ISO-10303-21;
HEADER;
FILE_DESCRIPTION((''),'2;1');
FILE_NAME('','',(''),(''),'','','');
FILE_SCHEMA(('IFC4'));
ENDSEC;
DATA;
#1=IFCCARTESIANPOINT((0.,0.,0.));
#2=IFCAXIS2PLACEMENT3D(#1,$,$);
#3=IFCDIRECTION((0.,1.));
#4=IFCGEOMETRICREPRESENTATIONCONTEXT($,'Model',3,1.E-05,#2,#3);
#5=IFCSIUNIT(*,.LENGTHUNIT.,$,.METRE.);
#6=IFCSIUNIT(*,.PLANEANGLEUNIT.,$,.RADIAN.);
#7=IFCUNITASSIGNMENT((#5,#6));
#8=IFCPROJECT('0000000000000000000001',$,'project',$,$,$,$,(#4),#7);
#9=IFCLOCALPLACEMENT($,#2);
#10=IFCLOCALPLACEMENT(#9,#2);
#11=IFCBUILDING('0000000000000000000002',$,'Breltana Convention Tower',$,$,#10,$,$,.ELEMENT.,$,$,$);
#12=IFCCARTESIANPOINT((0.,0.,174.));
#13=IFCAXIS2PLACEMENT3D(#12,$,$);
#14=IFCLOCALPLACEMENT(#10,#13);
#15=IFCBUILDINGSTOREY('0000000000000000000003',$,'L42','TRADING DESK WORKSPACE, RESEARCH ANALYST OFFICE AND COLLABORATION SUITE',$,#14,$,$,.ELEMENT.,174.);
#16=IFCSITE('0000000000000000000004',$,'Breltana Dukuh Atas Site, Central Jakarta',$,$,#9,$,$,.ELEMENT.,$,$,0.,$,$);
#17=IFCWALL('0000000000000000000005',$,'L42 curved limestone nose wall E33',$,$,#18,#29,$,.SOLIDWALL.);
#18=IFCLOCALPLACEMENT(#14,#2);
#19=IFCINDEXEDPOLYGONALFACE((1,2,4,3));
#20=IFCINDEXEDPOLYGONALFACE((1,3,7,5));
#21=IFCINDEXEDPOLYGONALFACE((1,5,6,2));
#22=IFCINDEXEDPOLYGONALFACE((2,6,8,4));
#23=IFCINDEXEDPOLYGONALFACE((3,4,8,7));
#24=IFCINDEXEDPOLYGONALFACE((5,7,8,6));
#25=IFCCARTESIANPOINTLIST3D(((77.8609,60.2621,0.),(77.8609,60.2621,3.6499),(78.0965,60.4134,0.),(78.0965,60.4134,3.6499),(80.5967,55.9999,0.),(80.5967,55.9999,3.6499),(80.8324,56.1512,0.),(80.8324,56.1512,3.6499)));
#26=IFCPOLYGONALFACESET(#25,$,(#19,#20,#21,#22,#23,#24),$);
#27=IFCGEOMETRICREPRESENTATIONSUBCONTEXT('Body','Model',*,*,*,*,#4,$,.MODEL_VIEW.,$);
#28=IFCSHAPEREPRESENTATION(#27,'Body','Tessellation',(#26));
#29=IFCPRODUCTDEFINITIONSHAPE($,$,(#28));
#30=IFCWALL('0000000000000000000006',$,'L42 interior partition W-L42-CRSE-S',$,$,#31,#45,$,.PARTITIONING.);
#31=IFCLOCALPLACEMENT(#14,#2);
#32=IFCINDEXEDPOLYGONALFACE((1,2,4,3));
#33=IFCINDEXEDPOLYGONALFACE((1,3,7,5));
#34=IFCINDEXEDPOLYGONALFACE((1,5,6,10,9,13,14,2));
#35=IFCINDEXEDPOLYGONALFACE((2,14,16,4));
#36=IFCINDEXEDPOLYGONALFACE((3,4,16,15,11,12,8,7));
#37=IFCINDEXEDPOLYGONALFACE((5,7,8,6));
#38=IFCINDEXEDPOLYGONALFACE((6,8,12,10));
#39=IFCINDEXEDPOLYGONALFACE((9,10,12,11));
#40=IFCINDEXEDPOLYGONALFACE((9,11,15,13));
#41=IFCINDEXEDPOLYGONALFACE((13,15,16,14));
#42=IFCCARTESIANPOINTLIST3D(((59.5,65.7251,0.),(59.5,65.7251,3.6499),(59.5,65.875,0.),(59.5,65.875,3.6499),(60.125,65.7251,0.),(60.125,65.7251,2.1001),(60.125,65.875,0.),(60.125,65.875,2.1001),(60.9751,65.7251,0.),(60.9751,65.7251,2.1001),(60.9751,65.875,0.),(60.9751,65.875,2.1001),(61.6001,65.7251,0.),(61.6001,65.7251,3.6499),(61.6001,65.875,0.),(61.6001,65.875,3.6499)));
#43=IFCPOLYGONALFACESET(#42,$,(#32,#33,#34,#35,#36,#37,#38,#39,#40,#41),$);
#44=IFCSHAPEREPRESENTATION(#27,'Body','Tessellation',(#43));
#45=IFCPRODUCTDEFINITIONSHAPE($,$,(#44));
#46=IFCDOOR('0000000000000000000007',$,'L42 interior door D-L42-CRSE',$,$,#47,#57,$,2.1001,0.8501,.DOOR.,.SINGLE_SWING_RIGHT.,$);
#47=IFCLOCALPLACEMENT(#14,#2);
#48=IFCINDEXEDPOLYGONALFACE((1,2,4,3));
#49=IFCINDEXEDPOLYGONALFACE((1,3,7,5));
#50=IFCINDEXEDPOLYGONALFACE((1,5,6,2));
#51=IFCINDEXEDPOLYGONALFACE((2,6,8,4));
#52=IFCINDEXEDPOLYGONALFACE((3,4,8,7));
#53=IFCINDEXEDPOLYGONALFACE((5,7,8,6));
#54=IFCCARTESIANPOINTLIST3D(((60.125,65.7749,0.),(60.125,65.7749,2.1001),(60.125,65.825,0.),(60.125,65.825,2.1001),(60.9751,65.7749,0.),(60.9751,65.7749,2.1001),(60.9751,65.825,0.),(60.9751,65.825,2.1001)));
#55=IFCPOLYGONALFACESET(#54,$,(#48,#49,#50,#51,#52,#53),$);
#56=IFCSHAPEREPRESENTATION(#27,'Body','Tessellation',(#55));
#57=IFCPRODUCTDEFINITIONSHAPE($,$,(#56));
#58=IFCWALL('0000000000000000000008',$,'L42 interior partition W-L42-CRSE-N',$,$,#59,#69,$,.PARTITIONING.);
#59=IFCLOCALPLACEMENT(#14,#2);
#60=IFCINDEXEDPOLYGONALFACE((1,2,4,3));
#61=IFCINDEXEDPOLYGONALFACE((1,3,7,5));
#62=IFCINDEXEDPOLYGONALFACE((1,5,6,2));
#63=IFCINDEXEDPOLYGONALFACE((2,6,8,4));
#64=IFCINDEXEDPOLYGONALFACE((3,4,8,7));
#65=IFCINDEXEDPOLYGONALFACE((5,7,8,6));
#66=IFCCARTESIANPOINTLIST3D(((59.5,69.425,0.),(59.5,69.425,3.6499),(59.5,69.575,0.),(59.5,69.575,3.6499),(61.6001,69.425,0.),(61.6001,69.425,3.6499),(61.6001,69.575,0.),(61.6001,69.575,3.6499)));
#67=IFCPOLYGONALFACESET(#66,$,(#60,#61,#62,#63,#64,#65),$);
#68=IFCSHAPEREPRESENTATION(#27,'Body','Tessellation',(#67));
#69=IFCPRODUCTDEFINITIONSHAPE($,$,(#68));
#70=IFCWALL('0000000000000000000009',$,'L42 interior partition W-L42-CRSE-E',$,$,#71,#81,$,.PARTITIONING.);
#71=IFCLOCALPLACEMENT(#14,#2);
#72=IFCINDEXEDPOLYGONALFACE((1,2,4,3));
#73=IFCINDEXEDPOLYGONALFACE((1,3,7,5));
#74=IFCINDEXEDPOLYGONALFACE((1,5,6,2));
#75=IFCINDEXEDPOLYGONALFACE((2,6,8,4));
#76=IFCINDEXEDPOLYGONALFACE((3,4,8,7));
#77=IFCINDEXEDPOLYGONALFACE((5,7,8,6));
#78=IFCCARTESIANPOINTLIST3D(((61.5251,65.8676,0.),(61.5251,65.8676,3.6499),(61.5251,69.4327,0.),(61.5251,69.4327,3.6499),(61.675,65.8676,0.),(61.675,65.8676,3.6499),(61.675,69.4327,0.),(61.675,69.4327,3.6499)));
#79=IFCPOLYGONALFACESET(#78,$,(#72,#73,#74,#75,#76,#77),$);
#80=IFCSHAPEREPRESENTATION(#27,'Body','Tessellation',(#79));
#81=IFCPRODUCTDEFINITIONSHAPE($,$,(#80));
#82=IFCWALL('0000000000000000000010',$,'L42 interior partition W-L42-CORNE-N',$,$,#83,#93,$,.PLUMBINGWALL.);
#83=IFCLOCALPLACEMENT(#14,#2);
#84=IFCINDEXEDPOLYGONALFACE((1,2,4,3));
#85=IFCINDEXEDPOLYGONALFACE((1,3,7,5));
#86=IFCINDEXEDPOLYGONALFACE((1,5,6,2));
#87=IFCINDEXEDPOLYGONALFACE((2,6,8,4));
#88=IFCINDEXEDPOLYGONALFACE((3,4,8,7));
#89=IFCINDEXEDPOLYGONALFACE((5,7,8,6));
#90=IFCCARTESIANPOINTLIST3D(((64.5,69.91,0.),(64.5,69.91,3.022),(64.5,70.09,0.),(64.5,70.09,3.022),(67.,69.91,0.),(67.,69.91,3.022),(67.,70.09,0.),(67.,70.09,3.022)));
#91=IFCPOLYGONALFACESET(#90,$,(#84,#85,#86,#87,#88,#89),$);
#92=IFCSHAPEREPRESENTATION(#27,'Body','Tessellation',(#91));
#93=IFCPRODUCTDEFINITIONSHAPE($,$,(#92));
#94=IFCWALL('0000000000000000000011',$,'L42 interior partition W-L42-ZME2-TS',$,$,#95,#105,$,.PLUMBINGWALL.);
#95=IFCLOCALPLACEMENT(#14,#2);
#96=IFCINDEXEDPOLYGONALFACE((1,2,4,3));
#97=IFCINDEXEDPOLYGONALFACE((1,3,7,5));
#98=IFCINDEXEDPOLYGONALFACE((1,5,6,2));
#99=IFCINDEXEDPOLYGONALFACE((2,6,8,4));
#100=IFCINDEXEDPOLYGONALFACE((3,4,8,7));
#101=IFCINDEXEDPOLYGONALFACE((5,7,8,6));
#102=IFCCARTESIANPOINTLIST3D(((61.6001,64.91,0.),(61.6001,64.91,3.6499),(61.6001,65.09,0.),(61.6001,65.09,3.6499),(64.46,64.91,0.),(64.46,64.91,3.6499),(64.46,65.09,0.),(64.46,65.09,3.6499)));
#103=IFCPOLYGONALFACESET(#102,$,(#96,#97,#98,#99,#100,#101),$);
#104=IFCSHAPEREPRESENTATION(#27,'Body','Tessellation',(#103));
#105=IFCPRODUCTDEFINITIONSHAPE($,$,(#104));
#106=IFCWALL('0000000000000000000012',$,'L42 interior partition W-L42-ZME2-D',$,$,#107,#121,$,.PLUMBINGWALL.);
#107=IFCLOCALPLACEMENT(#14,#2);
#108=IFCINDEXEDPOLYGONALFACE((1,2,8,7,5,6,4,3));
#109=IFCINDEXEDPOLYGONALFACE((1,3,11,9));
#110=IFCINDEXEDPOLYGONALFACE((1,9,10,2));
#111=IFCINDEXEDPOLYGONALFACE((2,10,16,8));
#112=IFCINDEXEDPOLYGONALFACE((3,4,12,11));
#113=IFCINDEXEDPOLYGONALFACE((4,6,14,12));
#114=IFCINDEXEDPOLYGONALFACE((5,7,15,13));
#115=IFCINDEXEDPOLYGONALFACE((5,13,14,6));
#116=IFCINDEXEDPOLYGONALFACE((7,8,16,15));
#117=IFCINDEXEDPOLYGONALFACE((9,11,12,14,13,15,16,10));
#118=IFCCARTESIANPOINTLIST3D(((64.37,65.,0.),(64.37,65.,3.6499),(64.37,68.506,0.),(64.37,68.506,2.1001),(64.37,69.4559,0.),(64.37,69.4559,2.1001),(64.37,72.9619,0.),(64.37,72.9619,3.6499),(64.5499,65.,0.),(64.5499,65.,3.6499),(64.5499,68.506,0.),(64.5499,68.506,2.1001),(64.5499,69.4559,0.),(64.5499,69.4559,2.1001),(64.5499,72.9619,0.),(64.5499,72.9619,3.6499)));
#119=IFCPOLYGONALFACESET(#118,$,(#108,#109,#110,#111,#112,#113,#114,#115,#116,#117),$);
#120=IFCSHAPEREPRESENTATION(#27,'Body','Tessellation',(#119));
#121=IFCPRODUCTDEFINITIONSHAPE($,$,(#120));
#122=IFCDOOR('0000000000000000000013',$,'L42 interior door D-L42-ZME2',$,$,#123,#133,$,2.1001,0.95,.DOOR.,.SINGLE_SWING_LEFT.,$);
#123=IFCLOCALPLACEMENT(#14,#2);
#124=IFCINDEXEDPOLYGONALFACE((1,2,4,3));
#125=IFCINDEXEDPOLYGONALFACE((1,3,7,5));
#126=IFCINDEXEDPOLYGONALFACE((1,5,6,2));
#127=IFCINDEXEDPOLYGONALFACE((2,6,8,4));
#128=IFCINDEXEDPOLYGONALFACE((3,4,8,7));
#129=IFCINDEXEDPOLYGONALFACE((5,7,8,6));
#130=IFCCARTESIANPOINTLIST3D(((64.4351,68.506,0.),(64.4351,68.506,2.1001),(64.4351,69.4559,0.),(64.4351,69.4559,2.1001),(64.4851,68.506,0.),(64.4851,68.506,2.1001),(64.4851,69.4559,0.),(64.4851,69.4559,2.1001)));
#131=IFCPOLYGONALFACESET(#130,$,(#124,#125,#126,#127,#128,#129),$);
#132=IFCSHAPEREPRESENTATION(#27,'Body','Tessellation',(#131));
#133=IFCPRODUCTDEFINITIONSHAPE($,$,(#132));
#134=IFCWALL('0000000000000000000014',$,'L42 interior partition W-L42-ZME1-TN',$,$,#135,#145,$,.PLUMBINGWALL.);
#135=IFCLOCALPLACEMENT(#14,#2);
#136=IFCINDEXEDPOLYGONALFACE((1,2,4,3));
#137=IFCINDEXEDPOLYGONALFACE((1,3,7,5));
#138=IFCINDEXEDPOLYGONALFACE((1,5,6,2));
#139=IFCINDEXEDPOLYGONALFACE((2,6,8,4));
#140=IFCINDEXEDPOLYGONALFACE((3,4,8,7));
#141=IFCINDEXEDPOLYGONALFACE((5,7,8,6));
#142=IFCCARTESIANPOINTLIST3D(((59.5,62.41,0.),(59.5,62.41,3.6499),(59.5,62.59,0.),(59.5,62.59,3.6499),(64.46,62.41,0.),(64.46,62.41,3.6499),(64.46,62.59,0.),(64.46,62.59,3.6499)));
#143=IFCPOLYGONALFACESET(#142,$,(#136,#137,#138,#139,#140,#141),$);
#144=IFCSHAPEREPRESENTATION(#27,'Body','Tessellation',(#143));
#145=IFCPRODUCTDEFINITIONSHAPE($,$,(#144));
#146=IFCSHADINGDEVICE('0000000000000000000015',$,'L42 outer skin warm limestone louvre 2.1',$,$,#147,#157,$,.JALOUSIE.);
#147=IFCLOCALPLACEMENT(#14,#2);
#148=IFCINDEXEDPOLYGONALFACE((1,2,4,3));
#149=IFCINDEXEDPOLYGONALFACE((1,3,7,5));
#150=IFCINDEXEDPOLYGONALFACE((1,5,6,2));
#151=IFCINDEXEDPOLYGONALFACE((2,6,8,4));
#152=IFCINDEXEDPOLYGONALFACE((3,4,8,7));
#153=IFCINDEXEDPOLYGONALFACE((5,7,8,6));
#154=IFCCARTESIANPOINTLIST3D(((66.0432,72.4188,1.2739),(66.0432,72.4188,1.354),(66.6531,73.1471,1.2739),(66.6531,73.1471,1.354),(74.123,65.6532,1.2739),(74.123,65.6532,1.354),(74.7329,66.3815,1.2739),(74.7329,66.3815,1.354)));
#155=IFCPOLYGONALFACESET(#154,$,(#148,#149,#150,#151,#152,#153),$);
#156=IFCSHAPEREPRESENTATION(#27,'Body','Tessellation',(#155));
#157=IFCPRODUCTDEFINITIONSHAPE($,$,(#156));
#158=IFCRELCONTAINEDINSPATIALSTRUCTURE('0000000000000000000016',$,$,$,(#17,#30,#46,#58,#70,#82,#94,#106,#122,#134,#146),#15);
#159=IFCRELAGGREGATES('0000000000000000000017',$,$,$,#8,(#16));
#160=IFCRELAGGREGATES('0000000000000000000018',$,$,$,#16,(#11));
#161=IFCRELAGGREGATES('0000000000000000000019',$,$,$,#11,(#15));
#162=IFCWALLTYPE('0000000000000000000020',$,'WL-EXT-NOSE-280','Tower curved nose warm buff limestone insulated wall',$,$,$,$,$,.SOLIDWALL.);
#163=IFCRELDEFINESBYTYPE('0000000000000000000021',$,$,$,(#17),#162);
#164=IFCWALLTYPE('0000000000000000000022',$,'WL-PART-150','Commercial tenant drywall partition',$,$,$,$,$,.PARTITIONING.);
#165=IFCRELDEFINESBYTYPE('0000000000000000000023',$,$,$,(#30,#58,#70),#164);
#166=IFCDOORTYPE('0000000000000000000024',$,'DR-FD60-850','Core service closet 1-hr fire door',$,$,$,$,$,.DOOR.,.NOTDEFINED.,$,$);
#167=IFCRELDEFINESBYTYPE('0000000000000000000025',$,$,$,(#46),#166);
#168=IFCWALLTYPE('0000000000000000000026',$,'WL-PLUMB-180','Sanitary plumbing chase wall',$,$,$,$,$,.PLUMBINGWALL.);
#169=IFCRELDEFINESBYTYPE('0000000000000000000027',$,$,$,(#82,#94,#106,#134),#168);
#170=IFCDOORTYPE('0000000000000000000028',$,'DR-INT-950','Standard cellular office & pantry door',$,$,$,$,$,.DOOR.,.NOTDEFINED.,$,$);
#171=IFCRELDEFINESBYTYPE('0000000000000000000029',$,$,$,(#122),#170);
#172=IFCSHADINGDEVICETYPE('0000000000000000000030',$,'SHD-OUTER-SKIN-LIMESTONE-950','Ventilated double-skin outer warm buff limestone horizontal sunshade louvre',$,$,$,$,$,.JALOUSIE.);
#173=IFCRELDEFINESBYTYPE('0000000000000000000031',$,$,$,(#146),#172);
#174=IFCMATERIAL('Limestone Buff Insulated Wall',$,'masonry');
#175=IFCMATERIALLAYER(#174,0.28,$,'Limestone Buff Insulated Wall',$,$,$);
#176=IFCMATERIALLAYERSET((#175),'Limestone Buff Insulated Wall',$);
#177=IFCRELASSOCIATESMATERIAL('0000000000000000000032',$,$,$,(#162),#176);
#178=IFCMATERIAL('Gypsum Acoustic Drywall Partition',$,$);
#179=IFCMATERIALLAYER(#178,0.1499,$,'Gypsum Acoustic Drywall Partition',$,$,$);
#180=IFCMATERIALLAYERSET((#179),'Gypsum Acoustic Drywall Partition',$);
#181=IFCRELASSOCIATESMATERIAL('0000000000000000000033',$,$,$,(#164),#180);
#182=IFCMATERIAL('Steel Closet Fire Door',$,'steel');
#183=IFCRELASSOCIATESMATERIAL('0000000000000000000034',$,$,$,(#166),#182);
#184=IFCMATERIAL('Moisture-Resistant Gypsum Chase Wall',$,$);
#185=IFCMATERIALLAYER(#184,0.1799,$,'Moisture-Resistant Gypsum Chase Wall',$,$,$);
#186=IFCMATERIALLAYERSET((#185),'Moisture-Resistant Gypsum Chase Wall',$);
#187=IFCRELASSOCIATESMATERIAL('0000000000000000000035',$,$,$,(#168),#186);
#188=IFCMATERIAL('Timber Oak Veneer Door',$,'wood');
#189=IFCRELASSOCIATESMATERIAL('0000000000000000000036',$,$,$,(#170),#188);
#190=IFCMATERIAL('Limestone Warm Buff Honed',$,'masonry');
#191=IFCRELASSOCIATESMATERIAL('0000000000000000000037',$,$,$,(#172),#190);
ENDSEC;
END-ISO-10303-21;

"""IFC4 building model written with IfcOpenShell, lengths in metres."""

from ifc_helpers import new_model, si_unit, direction, frame, frame_2d, origin, origin_2d, place, context, subcontext, project, spatial, rectangle, extrude, source, transform, mapped, material, layer, layer_set, material_profile, profile_set, type_object, type_shapes, element, fill, save


model = new_model("IFC4")

# Units and contexts
model_context = context("Model", 3, precision=1e-05, world=origin(), true_north=direction((0.0, 1.0)))
body_context = subcontext(model_context, "Body", "Model", "MODEL_VIEW")
ifc_project = project(units=[si_unit("LENGTHUNIT", "METRE"), si_unit("PLANEANGLEUNIT", "RADIAN")], contexts=[model_context])

# Site, building, storey
site_placement = place(None, origin())
site = spatial("IfcSite", under=ifc_project, at=site_placement, Name="Breltana Dukuh Atas Site, Central Jakarta", CompositionType="ELEMENT", RefElevation=0.0)
building_placement = place(site_placement, origin())
building = spatial("IfcBuilding", under=site, at=building_placement, Name="Breltana Convention Tower", CompositionType="ELEMENT")
storey_placement = place(building_placement, frame((0.0, 0.0, 174.0)))
storey = spatial("IfcBuildingStorey", under=building, at=storey_placement, Name="L42", Description="TRADING DESK WORKSPACE, RESEARCH ANALYST OFFICE AND COLLABORATION SUITE", CompositionType="ELEMENT", Elevation=174.0)

# Wall
ifc_material_1 = material(Name="Limestone Buff Insulated Wall", Category="masonry")
ifc_layer_1 = layer(ifc_material_1, 0.28, Name="Limestone Buff Insulated Wall")
ifc_layer_set_1 = layer_set([ifc_layer_1], Name="Limestone Buff Insulated Wall")
wall_type_1 = type_object("IfcWallType", Name="WL-EXT-NOSE-280", Description="Tower curved nose warm buff limestone insulated wall", PredefinedType="SOLIDWALL", material=ifc_layer_set_1)
shared_shape_1 = source(origin(), body_context, "Body", "SweptSolid", [
    extrude(rectangle(XDim=5.0647, YDim=0.28, at=frame_2d((2.5322, 0.0))), origin(), (0.0, 0.0, 1.0), 3.6499),
])
wall_1_placement = place(storey_placement, frame((77.9788, 60.3376, 0.0), z_axis=(0.0, 0.0, 1.0), x_axis=(0.540178, -0.841551, 0.0)))
element("IfcWall", 1, at=wall_1_placement, inside=storey, type_object=wall_type_1, Name="L42 curved limestone nose wall E33", PredefinedType="SOLIDWALL", context=body_context, shape_type="MappedRepresentation", body=[
    mapped(shared_shape_1, transform((0.0, 0.0, 0.0), scale=1.0)),
])

# Wall, opening, door
ifc_material_2 = material(Name="Gypsum Acoustic Drywall Partition")
ifc_layer_2 = layer(ifc_material_2, 0.1499, Name="Gypsum Acoustic Drywall Partition")
ifc_layer_set_2 = layer_set([ifc_layer_2], Name="Gypsum Acoustic Drywall Partition")
wall_type_2 = type_object("IfcWallType", Name="WL-PART-150", Description="Commercial tenant drywall partition", PredefinedType="PARTITIONING", material=ifc_layer_set_2)
shared_shape_2 = source(origin(), body_context, "Body", "SweptSolid", [
    extrude(rectangle(XDim=2.1001, YDim=0.1499, at=frame_2d((1.05, 0.0))), origin(), (0.0, 0.0, 1.0), 3.6499),
])
wall_2_placement = place(storey_placement, frame((59.5, 65.8, 0.0), z_axis=(0.0, 0.0, 1.0), x_axis=(1.0, 0.0, 0.0)))
wall_2 = element("IfcWall", 2, at=wall_2_placement, inside=storey, type_object=wall_type_2, Name="L42 interior partition W-L42-CRSE-S", PredefinedType="PARTITIONING", context=body_context, shape_type="MappedRepresentation", body=[
    mapped(shared_shape_2, transform((0.0, 0.0, 0.0), scale=1.0)),
])
opening_1_placement = place(wall_2_placement, frame((0.625, 0.0, 0.0)))
opening_1 = element("IfcOpeningElement", 3, at=opening_1_placement, cuts=wall_2, PredefinedType="OPENING", context=body_context, shape_type="SweptSolid", body=[
    extrude(rectangle(XDim=0.8501, YDim=2.1001, at=frame_2d((0.425, 1.05))), frame((0.0, 0.085, 0.0), z_axis=(0.0, -1.0, 0.0), x_axis=(1.0, 0.0, 0.0)), (0.0, 0.0, 1.0), 0.1699),
])
ifc_material_3 = material(Name="Steel Closet Fire Door", Category="steel")
door_type_1 = type_object("IfcDoorType", Name="DR-FD60-850", Description="Core service closet 1-hr fire door", OperationType="NOTDEFINED", PredefinedType="DOOR", material=ifc_material_3)
shared_shape_3 = source(origin(), body_context, "Body", "SweptSolid", [
    extrude(rectangle(XDim=0.8501, YDim=2.1001, at=frame_2d((0.425, 1.05))), frame((0.0, 0.0249, 0.0), z_axis=(0.0, -1.0, 0.0), x_axis=(1.0, 0.0, 0.0)), (0.0, 0.0, 1.0), 0.05),
])
type_shapes(door_type_1, [shared_shape_3])
door_1_placement = place(opening_1_placement, origin())
door_1 = element("IfcDoor", 4, at=door_1_placement, inside=storey, type_object=door_type_1, Name="L42 interior door D-L42-CRSE", OperationType="SINGLE_SWING_RIGHT", OverallHeight=2.1001, OverallWidth=0.8501, PredefinedType="DOOR", context=body_context, shape_type="MappedRepresentation", body=[
    mapped(shared_shape_3, transform((0.0, 0.0, 0.0), scale=1.0)),
])
fill(opening_1, door_1)

# Walls
wall_3_placement = place(storey_placement, frame((59.5, 69.5, 0.0), z_axis=(0.0, 0.0, 1.0), x_axis=(1.0, 0.0, 0.0)))
element("IfcWall", 5, at=wall_3_placement, inside=storey, type_object=wall_type_2, Name="L42 interior partition W-L42-CRSE-N", PredefinedType="PARTITIONING", context=body_context, shape_type="MappedRepresentation", body=[
    mapped(shared_shape_2, transform((0.0, 0.0, 0.0), scale=1.0)),
])
shared_shape_4 = source(origin(), body_context, "Body", "SweptSolid", [
    extrude(rectangle(XDim=3.5652, YDim=0.1499, at=frame_2d((1.7827, 0.0))), origin(), (0.0, 0.0, 1.0), 3.6499),
])
wall_4_placement = place(storey_placement, frame((61.6001, 65.8674, 0.0), z_axis=(0.0, 0.0, 1.0), x_axis=(0.0, 1.0, 0.0)))
element("IfcWall", 6, at=wall_4_placement, inside=storey, type_object=wall_type_2, Name="L42 interior partition W-L42-CRSE-E", PredefinedType="PARTITIONING", context=body_context, shape_type="MappedRepresentation", body=[
    mapped(shared_shape_4, transform((0.0, 0.0, 0.0), scale=1.0)),
])
ifc_material_4 = material(Name="Moisture-Resistant Gypsum Chase Wall")
ifc_layer_3 = layer(ifc_material_4, 0.1799, Name="Moisture-Resistant Gypsum Chase Wall")
ifc_layer_set_3 = layer_set([ifc_layer_3], Name="Moisture-Resistant Gypsum Chase Wall")
wall_type_3 = type_object("IfcWallType", Name="WL-PLUMB-180", Description="Sanitary plumbing chase wall", PredefinedType="PLUMBINGWALL", material=ifc_layer_set_3)
shared_shape_5 = source(origin(), body_context, "Body", "SweptSolid", [
    extrude(rectangle(XDim=2.5, YDim=0.1799, at=frame_2d((1.25, 0.0))), origin(), (0.0, 0.0, 1.0), 3.022),
])
wall_5_placement = place(storey_placement, frame((64.5, 70.0, 0.0), z_axis=(0.0, 0.0, 1.0), x_axis=(1.0, 0.0, 0.0)))
element("IfcWall", 7, at=wall_5_placement, inside=storey, type_object=wall_type_3, Name="L42 interior partition W-L42-CORNE-N", PredefinedType="PLUMBINGWALL", context=body_context, shape_type="MappedRepresentation", body=[
    mapped(shared_shape_5, transform((0.0, 0.0, 0.0), scale=1.0)),
])
shared_shape_6 = source(origin(), body_context, "Body", "SweptSolid", [
    extrude(rectangle(XDim=2.8599, YDim=0.1799, at=frame_2d((1.4299, 0.0))), origin(), (0.0, 0.0, 1.0), 3.6499),
])
wall_6_placement = place(storey_placement, frame((61.6001, 65.0, 0.0), z_axis=(0.0, 0.0, 1.0), x_axis=(1.0, 0.0, 0.0)))
element("IfcWall", 8, at=wall_6_placement, inside=storey, type_object=wall_type_3, Name="L42 interior partition W-L42-ZME2-TS", PredefinedType="PLUMBINGWALL", context=body_context, shape_type="MappedRepresentation", body=[
    mapped(shared_shape_6, transform((0.0, 0.0, 0.0), scale=1.0)),
])

# Wall, opening, door
shared_shape_7 = source(origin(), body_context, "Body", "SweptSolid", [
    extrude(rectangle(XDim=7.9619, YDim=0.1799, at=frame_2d((3.981, 0.0))), origin(), (0.0, 0.0, 1.0), 3.6499),
])
wall_7_placement = place(storey_placement, frame((64.46, 65.0, 0.0), z_axis=(0.0, 0.0, 1.0), x_axis=(0.0, 1.0, 0.0)))
wall_7 = element("IfcWall", 9, at=wall_7_placement, inside=storey, type_object=wall_type_3, Name="L42 interior partition W-L42-ZME2-D", PredefinedType="PLUMBINGWALL", context=body_context, shape_type="MappedRepresentation", body=[
    mapped(shared_shape_7, transform((0.0, 0.0, 0.0), scale=1.0)),
])
opening_2_placement = place(wall_7_placement, frame((3.5059, 0.0, 0.0)))
opening_2 = element("IfcOpeningElement", 10, at=opening_2_placement, cuts=wall_7, PredefinedType="OPENING", context=body_context, shape_type="SweptSolid", body=[
    extrude(rectangle(XDim=0.95, YDim=2.1001, at=frame_2d((0.4751, 1.05))), frame((0.0, 0.1001, 0.0), z_axis=(0.0, -1.0, 0.0), x_axis=(1.0, 0.0, 0.0)), (0.0, 0.0, 1.0), 0.2),
])
ifc_material_5 = material(Name="Timber Oak Veneer Door", Category="wood")
door_type_2 = type_object("IfcDoorType", Name="DR-INT-950", Description="Standard cellular office & pantry door", OperationType="NOTDEFINED", PredefinedType="DOOR", material=ifc_material_5)
shared_shape_8 = source(origin(), body_context, "Body", "SweptSolid", [
    extrude(rectangle(XDim=0.95, YDim=2.1001, at=frame_2d((0.4751, 1.05))), frame((0.0, 0.0249, 0.0), z_axis=(0.0, -1.0, 0.0), x_axis=(1.0, 0.0, 0.0)), (0.0, 0.0, 1.0), 0.05),
])
type_shapes(door_type_2, [shared_shape_8])
door_2_placement = place(opening_2_placement, origin())
door_2 = element("IfcDoor", 11, at=door_2_placement, inside=storey, type_object=door_type_2, Name="L42 interior door D-L42-ZME2", OperationType="SINGLE_SWING_LEFT", OverallHeight=2.1001, OverallWidth=0.95, PredefinedType="DOOR", context=body_context, shape_type="MappedRepresentation", body=[
    mapped(shared_shape_8, transform((0.0, 0.0, 0.0), scale=1.0)),
])
fill(opening_2, door_2)

# Wall
shared_shape_9 = source(origin(), body_context, "Body", "SweptSolid", [
    extrude(rectangle(XDim=4.96, YDim=0.1799, at=frame_2d((2.48, 0.0))), origin(), (0.0, 0.0, 1.0), 3.6499),
])
wall_8_placement = place(storey_placement, frame((59.5, 62.5, 0.0), z_axis=(0.0, 0.0, 1.0), x_axis=(1.0, 0.0, 0.0)))
element("IfcWall", 12, at=wall_8_placement, inside=storey, type_object=wall_type_3, Name="L42 interior partition W-L42-ZME1-TN", PredefinedType="PLUMBINGWALL", context=body_context, shape_type="MappedRepresentation", body=[
    mapped(shared_shape_9, transform((0.0, 0.0, 0.0), scale=1.0)),
])

# Shading device
ifc_material_6 = material(Name="Limestone Warm Buff Honed", Category="masonry")
ifc_material_profile_1 = material_profile(ifc_material_6, rectangle(XDim=0.95, YDim=0.0801, at=origin_2d()), Name="STN-LVR-950X80")
ifc_profile_set_1 = profile_set([ifc_material_profile_1], Name="Limestone Warm Buff Honed")
shading_device_type = type_object("IfcShadingDeviceType", Name="SHD-OUTER-SKIN-LIMESTONE-950", Description="Ventilated double-skin outer warm buff limestone horizontal sunshade louvre", PredefinedType="JALOUSIE", material=ifc_profile_set_1)
shared_shape_10 = source(origin(), body_context, "Body", "SweptSolid", [
    extrude(rectangle(XDim=0.95, YDim=0.0801, at=origin_2d()), origin(), (0.0, 0.0, 1.0), 10.5383),
])
for number, where, z_axis, x_axis, name in (
    (13, (66.3481, 72.783, 1.314), (0.766706, -0.641999, 0.0), (0.641999, 0.766706, 0.0), "L42 outer skin warm limestone louvre 2.1"),
):
    element("IfcShadingDevice", number, at=place(storey_placement, frame(where, z_axis=z_axis, x_axis=x_axis)), inside=storey, type_object=shading_device_type, Name=name, PredefinedType="JALOUSIE", context=body_context, shape_type="MappedRepresentation", body=[
        mapped(shared_shape_10, transform((0.0, 0.0, 0.0), scale=1.0)),
    ])

save(model, "model.ifc")
